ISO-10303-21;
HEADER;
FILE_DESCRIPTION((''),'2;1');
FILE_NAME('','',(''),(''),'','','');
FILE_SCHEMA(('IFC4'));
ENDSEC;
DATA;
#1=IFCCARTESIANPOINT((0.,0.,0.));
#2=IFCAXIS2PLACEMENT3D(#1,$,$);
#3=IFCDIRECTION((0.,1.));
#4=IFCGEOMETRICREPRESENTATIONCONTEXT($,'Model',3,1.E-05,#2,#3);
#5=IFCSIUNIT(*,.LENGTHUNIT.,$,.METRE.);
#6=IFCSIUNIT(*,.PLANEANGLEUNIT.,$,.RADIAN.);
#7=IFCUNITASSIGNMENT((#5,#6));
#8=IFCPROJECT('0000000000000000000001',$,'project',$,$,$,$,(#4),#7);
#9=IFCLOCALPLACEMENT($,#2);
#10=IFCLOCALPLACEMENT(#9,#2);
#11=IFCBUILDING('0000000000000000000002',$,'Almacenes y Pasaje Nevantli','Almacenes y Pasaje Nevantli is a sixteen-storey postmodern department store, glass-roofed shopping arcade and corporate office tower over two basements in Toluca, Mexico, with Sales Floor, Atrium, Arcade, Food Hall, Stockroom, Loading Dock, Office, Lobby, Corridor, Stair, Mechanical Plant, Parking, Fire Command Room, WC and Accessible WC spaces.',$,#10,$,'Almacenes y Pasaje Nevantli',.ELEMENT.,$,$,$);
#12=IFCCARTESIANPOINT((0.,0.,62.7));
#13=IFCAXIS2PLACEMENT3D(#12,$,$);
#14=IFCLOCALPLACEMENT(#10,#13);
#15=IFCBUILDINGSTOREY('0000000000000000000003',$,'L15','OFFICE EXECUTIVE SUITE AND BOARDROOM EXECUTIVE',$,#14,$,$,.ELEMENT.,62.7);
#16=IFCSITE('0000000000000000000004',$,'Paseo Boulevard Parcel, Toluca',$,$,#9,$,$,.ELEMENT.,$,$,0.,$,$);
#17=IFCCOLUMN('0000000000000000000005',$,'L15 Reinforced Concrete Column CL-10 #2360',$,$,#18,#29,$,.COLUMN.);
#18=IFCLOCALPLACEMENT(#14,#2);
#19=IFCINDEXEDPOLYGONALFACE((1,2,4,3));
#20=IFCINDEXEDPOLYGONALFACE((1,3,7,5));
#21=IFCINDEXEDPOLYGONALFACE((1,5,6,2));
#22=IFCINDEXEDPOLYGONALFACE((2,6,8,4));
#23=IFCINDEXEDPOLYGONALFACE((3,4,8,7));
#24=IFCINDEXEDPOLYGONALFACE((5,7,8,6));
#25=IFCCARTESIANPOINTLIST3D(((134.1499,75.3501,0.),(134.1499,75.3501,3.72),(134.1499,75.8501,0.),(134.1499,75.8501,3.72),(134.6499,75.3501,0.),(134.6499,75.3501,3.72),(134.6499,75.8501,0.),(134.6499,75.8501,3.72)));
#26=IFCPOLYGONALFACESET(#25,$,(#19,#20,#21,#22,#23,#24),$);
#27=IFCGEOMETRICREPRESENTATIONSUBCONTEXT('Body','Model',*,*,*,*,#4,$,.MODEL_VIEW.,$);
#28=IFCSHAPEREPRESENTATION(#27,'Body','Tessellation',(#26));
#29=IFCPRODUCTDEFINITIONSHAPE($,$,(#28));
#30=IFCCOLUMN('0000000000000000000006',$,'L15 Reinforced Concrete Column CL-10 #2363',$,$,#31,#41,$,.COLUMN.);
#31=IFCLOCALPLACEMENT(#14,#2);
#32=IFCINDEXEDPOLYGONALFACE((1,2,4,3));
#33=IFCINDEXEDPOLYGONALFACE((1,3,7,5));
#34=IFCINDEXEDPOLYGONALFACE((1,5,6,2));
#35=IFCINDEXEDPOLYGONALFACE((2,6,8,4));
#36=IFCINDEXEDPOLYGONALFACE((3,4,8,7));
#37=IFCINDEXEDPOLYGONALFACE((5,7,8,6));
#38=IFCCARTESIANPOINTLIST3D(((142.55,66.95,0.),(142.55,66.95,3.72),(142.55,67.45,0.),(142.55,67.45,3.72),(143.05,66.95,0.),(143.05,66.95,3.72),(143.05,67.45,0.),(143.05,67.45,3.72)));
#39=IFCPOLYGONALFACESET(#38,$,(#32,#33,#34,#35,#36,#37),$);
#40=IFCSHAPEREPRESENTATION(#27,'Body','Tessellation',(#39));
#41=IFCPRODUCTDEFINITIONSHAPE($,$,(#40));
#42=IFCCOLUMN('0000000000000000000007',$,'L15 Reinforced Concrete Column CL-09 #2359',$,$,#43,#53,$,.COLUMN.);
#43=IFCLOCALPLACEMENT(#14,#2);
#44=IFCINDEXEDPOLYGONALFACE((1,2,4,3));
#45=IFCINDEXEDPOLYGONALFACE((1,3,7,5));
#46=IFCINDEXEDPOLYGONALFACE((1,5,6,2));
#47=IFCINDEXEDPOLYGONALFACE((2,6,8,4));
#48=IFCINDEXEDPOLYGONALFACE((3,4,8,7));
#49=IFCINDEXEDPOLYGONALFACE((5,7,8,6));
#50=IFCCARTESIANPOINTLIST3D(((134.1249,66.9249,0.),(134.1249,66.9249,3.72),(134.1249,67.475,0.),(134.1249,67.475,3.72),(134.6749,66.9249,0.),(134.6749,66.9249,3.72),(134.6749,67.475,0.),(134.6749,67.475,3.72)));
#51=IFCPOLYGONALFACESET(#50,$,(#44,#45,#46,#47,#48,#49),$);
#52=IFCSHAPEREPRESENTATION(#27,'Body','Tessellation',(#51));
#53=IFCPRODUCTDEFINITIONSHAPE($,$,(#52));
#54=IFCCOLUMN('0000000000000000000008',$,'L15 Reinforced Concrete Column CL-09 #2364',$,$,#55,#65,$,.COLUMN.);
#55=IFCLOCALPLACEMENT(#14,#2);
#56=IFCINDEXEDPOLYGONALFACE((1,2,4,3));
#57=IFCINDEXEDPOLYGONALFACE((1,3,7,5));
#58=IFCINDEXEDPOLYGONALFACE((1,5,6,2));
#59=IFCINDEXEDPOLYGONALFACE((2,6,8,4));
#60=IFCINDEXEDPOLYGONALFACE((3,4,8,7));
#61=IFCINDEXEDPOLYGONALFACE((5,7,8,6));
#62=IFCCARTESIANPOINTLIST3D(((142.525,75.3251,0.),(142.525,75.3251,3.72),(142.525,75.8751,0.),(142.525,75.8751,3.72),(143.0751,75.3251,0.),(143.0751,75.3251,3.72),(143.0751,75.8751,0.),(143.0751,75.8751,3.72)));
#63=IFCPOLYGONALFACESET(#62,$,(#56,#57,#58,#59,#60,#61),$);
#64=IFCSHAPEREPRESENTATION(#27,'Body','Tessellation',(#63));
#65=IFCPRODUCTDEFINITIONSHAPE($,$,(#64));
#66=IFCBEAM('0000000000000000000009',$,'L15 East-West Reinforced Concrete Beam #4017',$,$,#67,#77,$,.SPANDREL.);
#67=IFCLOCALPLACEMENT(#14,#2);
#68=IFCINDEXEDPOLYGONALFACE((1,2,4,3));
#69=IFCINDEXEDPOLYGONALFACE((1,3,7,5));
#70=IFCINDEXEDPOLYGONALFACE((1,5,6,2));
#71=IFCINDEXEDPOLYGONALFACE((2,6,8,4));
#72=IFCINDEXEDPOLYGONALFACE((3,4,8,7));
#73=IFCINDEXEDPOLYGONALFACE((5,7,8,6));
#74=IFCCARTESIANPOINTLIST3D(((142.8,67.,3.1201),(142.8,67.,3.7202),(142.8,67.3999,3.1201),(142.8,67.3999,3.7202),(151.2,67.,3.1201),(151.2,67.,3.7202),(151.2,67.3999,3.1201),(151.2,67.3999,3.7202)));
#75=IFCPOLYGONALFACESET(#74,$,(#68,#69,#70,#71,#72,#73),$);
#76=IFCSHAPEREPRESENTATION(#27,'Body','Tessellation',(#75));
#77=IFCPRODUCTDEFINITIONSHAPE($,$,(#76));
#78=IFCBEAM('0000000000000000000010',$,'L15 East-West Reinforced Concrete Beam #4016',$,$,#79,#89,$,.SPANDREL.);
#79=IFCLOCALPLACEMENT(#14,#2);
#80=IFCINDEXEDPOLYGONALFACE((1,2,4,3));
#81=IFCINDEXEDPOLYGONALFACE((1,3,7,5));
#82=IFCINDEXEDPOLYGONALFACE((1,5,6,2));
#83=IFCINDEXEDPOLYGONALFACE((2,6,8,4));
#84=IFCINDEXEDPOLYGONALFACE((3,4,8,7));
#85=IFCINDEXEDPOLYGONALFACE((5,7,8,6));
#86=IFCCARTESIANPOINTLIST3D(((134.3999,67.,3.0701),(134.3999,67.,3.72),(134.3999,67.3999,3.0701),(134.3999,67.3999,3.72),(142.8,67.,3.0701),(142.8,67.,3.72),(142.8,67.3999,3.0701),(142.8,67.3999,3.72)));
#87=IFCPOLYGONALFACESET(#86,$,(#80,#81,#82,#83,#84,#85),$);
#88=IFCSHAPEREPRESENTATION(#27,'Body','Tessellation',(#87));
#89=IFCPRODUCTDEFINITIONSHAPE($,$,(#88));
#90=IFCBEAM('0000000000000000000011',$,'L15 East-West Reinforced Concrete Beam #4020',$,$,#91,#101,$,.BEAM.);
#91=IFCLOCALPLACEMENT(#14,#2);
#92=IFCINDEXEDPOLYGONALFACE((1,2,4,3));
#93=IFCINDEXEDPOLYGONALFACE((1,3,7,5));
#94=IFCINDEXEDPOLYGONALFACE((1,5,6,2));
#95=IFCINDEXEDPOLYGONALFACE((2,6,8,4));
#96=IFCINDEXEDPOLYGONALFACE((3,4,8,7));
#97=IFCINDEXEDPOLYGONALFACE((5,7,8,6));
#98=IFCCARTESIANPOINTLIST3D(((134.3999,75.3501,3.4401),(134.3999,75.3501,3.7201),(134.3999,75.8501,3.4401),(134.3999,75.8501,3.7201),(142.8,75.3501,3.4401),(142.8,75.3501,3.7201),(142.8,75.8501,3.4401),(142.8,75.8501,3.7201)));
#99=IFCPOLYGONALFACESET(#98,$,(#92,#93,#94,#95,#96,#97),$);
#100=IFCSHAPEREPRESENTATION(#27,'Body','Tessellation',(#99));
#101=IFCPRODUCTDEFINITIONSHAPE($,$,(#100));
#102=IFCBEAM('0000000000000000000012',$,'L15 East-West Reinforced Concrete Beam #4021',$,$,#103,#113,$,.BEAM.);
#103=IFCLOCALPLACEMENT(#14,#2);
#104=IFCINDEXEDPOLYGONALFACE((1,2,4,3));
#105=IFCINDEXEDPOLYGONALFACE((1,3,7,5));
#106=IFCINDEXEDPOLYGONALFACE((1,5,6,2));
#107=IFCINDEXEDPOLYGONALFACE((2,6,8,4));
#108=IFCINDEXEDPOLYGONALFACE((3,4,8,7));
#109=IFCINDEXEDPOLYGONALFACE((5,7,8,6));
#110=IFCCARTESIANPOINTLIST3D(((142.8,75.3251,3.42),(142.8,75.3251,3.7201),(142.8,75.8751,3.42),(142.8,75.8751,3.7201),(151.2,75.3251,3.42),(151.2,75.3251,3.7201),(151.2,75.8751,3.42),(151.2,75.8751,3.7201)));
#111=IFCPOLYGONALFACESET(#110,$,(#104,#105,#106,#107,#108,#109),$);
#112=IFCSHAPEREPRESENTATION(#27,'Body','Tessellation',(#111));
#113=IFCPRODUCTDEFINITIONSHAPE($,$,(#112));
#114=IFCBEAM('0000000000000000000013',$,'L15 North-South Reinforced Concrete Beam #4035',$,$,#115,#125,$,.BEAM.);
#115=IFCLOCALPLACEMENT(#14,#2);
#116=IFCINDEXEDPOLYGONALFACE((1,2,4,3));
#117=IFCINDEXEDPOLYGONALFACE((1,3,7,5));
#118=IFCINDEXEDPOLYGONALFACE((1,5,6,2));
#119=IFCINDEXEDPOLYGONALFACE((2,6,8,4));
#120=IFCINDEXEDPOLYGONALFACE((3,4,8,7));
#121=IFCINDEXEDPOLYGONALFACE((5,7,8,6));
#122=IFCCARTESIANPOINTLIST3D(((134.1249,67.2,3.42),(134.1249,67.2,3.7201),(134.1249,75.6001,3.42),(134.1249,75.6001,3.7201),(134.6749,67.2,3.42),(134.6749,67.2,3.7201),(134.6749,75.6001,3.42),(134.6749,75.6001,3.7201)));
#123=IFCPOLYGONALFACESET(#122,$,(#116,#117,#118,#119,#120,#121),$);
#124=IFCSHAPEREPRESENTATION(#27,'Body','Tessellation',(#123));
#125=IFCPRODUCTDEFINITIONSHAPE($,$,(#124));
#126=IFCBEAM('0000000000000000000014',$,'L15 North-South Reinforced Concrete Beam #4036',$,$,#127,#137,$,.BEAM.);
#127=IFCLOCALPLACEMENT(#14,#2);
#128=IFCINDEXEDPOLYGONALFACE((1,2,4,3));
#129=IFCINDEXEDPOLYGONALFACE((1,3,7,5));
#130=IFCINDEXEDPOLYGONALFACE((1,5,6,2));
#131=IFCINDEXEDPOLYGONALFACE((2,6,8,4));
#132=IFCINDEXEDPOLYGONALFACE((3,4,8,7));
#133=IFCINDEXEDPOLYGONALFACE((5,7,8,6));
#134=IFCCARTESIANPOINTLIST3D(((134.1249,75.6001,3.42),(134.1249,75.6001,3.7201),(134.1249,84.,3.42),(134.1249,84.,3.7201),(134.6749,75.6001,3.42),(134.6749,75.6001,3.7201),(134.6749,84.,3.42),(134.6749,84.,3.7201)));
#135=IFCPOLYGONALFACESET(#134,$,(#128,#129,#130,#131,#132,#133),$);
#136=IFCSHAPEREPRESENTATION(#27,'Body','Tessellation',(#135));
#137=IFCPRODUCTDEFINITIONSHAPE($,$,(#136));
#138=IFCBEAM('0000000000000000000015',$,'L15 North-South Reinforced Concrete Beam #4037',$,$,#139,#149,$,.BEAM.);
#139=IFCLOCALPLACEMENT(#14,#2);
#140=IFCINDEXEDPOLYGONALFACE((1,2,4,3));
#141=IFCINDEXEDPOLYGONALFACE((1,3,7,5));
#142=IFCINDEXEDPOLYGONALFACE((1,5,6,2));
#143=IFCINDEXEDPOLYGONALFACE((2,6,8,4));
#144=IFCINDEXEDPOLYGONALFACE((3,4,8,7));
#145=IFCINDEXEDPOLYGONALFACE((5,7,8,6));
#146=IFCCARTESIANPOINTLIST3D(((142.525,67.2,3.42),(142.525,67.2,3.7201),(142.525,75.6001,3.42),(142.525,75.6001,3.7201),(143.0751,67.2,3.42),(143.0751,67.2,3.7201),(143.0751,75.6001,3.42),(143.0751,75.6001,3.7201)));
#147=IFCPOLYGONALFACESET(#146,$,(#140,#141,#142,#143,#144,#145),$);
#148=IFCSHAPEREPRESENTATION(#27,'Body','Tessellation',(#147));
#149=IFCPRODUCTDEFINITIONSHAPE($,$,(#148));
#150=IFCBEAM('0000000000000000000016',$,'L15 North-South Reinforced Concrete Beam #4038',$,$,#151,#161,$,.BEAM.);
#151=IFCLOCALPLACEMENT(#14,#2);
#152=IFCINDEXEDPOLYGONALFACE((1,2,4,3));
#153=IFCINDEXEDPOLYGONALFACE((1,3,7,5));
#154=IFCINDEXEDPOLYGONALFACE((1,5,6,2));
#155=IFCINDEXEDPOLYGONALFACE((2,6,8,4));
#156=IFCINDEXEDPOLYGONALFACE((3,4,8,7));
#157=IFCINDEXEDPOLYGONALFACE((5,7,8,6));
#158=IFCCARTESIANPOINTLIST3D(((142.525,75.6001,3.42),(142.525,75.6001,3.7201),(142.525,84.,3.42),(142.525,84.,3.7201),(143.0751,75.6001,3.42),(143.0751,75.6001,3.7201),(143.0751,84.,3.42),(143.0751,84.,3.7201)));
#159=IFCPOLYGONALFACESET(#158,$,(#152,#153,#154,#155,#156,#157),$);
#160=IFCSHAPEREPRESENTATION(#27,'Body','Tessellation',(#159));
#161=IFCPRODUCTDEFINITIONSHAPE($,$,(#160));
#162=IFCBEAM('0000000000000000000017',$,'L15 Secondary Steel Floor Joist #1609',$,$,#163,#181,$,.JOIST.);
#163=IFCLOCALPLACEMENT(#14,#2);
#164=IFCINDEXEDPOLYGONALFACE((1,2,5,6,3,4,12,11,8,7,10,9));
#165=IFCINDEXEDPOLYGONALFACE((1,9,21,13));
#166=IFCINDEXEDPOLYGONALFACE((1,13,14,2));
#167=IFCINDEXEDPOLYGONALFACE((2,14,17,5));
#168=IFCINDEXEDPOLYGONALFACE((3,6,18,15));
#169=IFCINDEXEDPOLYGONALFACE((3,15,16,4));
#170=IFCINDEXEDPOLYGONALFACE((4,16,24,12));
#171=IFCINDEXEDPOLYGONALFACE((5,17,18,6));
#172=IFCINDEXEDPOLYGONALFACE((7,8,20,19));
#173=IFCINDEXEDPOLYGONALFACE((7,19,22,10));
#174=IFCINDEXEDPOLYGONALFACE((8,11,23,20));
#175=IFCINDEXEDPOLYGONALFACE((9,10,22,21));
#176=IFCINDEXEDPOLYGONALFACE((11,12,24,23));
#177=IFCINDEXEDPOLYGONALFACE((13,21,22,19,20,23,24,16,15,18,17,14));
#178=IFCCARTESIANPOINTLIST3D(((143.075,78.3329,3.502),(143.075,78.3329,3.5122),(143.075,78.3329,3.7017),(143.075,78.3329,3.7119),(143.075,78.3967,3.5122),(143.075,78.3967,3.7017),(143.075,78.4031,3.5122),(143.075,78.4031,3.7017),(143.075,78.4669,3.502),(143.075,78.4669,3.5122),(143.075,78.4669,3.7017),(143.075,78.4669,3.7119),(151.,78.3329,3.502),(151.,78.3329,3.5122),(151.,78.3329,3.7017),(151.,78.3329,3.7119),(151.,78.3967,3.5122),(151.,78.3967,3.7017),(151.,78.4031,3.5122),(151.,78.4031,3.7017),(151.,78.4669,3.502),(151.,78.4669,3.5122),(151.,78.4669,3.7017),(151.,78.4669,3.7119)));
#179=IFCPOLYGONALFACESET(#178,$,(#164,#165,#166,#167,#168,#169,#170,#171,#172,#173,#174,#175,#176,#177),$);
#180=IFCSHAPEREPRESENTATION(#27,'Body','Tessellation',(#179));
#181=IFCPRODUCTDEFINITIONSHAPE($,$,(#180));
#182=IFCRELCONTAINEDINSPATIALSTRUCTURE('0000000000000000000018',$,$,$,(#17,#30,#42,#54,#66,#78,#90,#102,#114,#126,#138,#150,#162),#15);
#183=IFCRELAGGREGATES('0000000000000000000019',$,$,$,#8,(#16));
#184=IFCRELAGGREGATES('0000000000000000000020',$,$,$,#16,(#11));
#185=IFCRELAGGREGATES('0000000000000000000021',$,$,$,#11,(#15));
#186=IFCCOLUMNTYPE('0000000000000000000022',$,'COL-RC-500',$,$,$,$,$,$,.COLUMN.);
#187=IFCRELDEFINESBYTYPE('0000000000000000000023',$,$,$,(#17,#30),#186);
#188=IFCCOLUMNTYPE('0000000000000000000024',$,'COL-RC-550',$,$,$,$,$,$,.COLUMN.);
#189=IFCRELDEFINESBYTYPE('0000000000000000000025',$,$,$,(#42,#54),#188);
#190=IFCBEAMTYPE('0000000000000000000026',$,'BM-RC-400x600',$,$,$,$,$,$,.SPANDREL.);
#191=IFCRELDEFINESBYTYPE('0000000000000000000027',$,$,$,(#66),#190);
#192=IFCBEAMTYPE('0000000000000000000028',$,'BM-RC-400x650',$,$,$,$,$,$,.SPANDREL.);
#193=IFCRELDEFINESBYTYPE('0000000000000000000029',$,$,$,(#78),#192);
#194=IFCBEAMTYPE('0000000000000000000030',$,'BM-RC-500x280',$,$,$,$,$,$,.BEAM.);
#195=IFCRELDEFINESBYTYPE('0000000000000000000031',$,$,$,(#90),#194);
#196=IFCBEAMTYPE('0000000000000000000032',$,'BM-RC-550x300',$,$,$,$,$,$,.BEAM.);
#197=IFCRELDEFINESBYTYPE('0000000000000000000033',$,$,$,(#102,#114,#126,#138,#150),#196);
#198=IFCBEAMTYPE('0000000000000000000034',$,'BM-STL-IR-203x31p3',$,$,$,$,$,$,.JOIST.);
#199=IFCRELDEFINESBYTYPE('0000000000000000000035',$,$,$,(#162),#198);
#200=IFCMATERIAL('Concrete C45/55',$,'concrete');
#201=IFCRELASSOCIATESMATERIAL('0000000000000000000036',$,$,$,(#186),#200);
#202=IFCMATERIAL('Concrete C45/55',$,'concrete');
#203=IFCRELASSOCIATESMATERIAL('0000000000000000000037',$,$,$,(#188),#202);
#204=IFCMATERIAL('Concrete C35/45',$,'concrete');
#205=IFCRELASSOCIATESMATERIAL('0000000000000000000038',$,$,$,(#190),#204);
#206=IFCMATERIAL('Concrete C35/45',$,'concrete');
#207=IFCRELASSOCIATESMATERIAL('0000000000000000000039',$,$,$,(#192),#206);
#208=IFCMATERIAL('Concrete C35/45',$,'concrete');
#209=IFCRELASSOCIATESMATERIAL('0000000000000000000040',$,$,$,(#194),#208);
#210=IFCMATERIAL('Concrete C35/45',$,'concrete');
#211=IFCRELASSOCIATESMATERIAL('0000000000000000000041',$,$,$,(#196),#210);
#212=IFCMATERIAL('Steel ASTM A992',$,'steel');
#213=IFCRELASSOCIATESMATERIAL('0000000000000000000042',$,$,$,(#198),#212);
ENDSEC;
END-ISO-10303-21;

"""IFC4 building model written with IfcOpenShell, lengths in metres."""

from ifc_helpers import new_model, si_unit, direction, frame, origin, origin_2d, place, context, subcontext, project, spatial, rectangle, i_section, extrude, material, material_profile, profile_set, type_object, element, save


model = new_model("IFC4")

# Units and contexts
model_context = context("Model", 3, precision=1e-05, world=origin(), true_north=direction((0.0, 1.0)))
body_context = subcontext(model_context, "Body", "Model", "MODEL_VIEW")
ifc_project = project(units=[si_unit("LENGTHUNIT", "METRE"), si_unit("PLANEANGLEUNIT", "RADIAN")], contexts=[model_context])

# Site, building, storey
site_placement = place(None, origin())
site = spatial("IfcSite", under=ifc_project, at=site_placement, Name="Paseo Boulevard Parcel, Toluca", CompositionType="ELEMENT", RefElevation=0.0)
building_placement = place(site_placement, origin())
building = spatial("IfcBuilding", under=site, at=building_placement, Name="Almacenes y Pasaje Nevantli", Description="Almacenes y Pasaje Nevantli is a sixteen-storey postmodern department store, glass-roofed shopping arcade and corporate office tower over two basements in Toluca, Mexico, with Sales Floor, Atrium, Arcade, Food Hall, Stockroom, Loading Dock, Office, Lobby, Corridor, Stair, Mechanical Plant, Parking, Fire Command Room, WC and Accessible WC spaces.", LongName="Almacenes y Pasaje Nevantli", CompositionType="ELEMENT")
storey_placement = place(building_placement, frame((0.0, 0.0, 62.7)))
storey = spatial("IfcBuildingStorey", under=building, at=storey_placement, Name="L15", Description="OFFICE EXECUTIVE SUITE AND BOARDROOM EXECUTIVE", CompositionType="ELEMENT", Elevation=62.7)

# Columns
ifc_material_1 = material(Name="Concrete C45/55", Category="concrete")
ifc_material_profile_1 = material_profile(ifc_material_1, rectangle(XDim=0.5, YDim=0.5, at=origin_2d()), Name="RC-COL-500x500")
ifc_profile_set_1 = profile_set([ifc_material_profile_1], Name="Concrete C45/55")
column_type_1 = type_object("IfcColumnType", Name="COL-RC-500", PredefinedType="COLUMN", material=ifc_profile_set_1)
for number, where, z_axis, x_axis, name in (
    (1, (134.3999, 75.6001, 0.0), (0.0, 0.0, 1.0), (1.0, 0.0, 0.0), "L15 Reinforced Concrete Column CL-10 #2360"),
    (2, (142.8, 67.2, 0.0), (0.0, 0.0, 1.0), (1.0, 0.0, 0.0), "L15 Reinforced Concrete Column CL-10 #2363"),
):
    element("IfcColumn", number, at=place(storey_placement, frame(where, z_axis=z_axis, x_axis=x_axis)), inside=storey, type_object=column_type_1, Name=name, PredefinedType="COLUMN", context=body_context, shape_type="SweptSolid", body=[
        extrude(rectangle(XDim=0.5, YDim=0.5, at=origin_2d()), origin(), (0.0, 0.0, 1.0), 3.72),
    ])
ifc_material_2 = material(Name="Concrete C45/55", Category="concrete")
ifc_material_profile_2 = material_profile(ifc_material_2, rectangle(XDim=0.55, YDim=0.55, at=origin_2d()), Name="RC-COL-550x550")
ifc_profile_set_2 = profile_set([ifc_material_profile_2], Name="Concrete C45/55")
column_type_2 = type_object("IfcColumnType", Name="COL-RC-550", PredefinedType="COLUMN", material=ifc_profile_set_2)
for number, where, z_axis, x_axis, name in (
    (3, (134.3999, 67.2, 0.0), (0.0, 0.0, 1.0), (1.0, 0.0, 0.0), "L15 Reinforced Concrete Column CL-09 #2359"),
    (4, (142.8, 75.6001, 0.0), (0.0, 0.0, 1.0), (1.0, 0.0, 0.0), "L15 Reinforced Concrete Column CL-09 #2364"),
):
    element("IfcColumn", number, at=place(storey_placement, frame(where, z_axis=z_axis, x_axis=x_axis)), inside=storey, type_object=column_type_2, Name=name, PredefinedType="COLUMN", context=body_context, shape_type="SweptSolid", body=[
        extrude(rectangle(XDim=0.55, YDim=0.55, at=origin_2d()), origin(), (0.0, 0.0, 1.0), 3.72),
    ])

# Beams
ifc_material_3 = material(Name="Concrete C35/45", Category="concrete")
ifc_material_profile_3 = material_profile(ifc_material_3, rectangle(XDim=0.3999, YDim=0.6001, at=origin_2d()), Name="RC-BM-400x600")
ifc_profile_set_3 = profile_set([ifc_material_profile_3], Name="Concrete C35/45")
beam_type_1 = type_object("IfcBeamType", Name="BM-RC-400x600", PredefinedType="SPANDREL", material=ifc_profile_set_3)
beam_1_placement = place(storey_placement, frame((142.8, 67.2, 3.4202), z_axis=(1.0, 0.0, 0.0), x_axis=(0.0, 1.0, 0.0)))
element("IfcBeam", 5, at=beam_1_placement, inside=storey, type_object=beam_type_1, Name="L15 East-West Reinforced Concrete Beam #4017", PredefinedType="SPANDREL", context=body_context, shape_type="SweptSolid", body=[
    extrude(rectangle(XDim=0.3999, YDim=0.6001, at=origin_2d()), origin(), (0.0, 0.0, 1.0), 8.3999),
])
ifc_material_4 = material(Name="Concrete C35/45", Category="concrete")
ifc_material_profile_4 = material_profile(ifc_material_4, rectangle(XDim=0.3999, YDim=0.6499, at=origin_2d()), Name="RC-BM-400x650")
ifc_profile_set_4 = profile_set([ifc_material_profile_4], Name="Concrete C35/45")
beam_type_2 = type_object("IfcBeamType", Name="BM-RC-400x650", PredefinedType="SPANDREL", material=ifc_profile_set_4)
beam_2_placement = place(storey_placement, frame((134.3999, 67.2, 3.395), z_axis=(1.0, 0.0, 0.0), x_axis=(0.0, 1.0, 0.0)))
element("IfcBeam", 6, at=beam_2_placement, inside=storey, type_object=beam_type_2, Name="L15 East-West Reinforced Concrete Beam #4016", PredefinedType="SPANDREL", context=body_context, shape_type="SweptSolid", body=[
    extrude(rectangle(XDim=0.3999, YDim=0.6499, at=origin_2d()), origin(), (0.0, 0.0, 1.0), 8.4001),
])
ifc_material_5 = material(Name="Concrete C35/45", Category="concrete")
ifc_material_profile_5 = material_profile(ifc_material_5, rectangle(XDim=0.5, YDim=0.28, at=origin_2d()), Name="RC-BM-500x280")
ifc_profile_set_5 = profile_set([ifc_material_profile_5], Name="Concrete C35/45")
beam_type_3 = type_object("IfcBeamType", Name="BM-RC-500x280", PredefinedType="BEAM", material=ifc_profile_set_5)
beam_3_placement = place(storey_placement, frame((134.3999, 75.6001, 3.5801), z_axis=(1.0, 0.0, 0.0), x_axis=(0.0, 1.0, 0.0)))
element("IfcBeam", 7, at=beam_3_placement, inside=storey, type_object=beam_type_3, Name="L15 East-West Reinforced Concrete Beam #4020", PredefinedType="BEAM", context=body_context, shape_type="SweptSolid", body=[
    extrude(rectangle(XDim=0.5, YDim=0.28, at=origin_2d()), origin(), (0.0, 0.0, 1.0), 8.4001),
])
ifc_material_6 = material(Name="Concrete C35/45", Category="concrete")
ifc_material_profile_6 = material_profile(ifc_material_6, rectangle(XDim=0.55, YDim=0.3, at=origin_2d()), Name="RC-BM-550x300")
ifc_profile_set_6 = profile_set([ifc_material_profile_6], Name="Concrete C35/45")
beam_type_4 = type_object("IfcBeamType", Name="BM-RC-550x300", PredefinedType="BEAM", material=ifc_profile_set_6)
beam_4_placement = place(storey_placement, frame((142.8, 75.6001, 3.5701), z_axis=(1.0, 0.0, 0.0), x_axis=(0.0, 1.0, 0.0)))
element("IfcBeam", 8, at=beam_4_placement, inside=storey, type_object=beam_type_4, Name="L15 East-West Reinforced Concrete Beam #4021", PredefinedType="BEAM", context=body_context, shape_type="SweptSolid", body=[
    extrude(rectangle(XDim=0.55, YDim=0.3, at=origin_2d()), origin(), (0.0, 0.0, 1.0), 8.3999),
])
beam_5_placement = place(storey_placement, frame((134.3999, 67.2, 3.5701), z_axis=(0.0, 1.0, 0.0), x_axis=(-1.0, 0.0, 0.0)))
element("IfcBeam", 9, at=beam_5_placement, inside=storey, type_object=beam_type_4, Name="L15 North-South Reinforced Concrete Beam #4035", PredefinedType="BEAM", context=body_context, shape_type="SweptSolid", body=[
    extrude(rectangle(XDim=0.55, YDim=0.3, at=origin_2d()), origin(), (0.0, 0.0, 1.0), 8.4001),
])
beam_6_placement = place(storey_placement, frame((134.3999, 75.6001, 3.5701), z_axis=(0.0, 1.0, 0.0), x_axis=(-1.0, 0.0, 0.0)))
element("IfcBeam", 10, at=beam_6_placement, inside=storey, type_object=beam_type_4, Name="L15 North-South Reinforced Concrete Beam #4036", PredefinedType="BEAM", context=body_context, shape_type="SweptSolid", body=[
    extrude(rectangle(XDim=0.55, YDim=0.3, at=origin_2d()), origin(), (0.0, 0.0, 1.0), 8.3999),
])
beam_7_placement = place(storey_placement, frame((142.8, 67.2, 3.5701), z_axis=(0.0, 1.0, 0.0), x_axis=(-1.0, 0.0, 0.0)))
element("IfcBeam", 11, at=beam_7_placement, inside=storey, type_object=beam_type_4, Name="L15 North-South Reinforced Concrete Beam #4037", PredefinedType="BEAM", context=body_context, shape_type="SweptSolid", body=[
    extrude(rectangle(XDim=0.55, YDim=0.3, at=origin_2d()), origin(), (0.0, 0.0, 1.0), 8.4001),
])
beam_8_placement = place(storey_placement, frame((142.8, 75.6001, 3.5701), z_axis=(0.0, 1.0, 0.0), x_axis=(-1.0, 0.0, 0.0)))
element("IfcBeam", 12, at=beam_8_placement, inside=storey, type_object=beam_type_4, Name="L15 North-South Reinforced Concrete Beam #4038", PredefinedType="BEAM", context=body_context, shape_type="SweptSolid", body=[
    extrude(rectangle(XDim=0.55, YDim=0.3, at=origin_2d()), origin(), (0.0, 0.0, 1.0), 8.3999),
])
ifc_material_7 = material(Name="Steel ASTM A992", Category="steel")
ifc_material_profile_7 = material_profile(ifc_material_7, i_section(OverallWidth=0.134, OverallDepth=0.21, WebThickness=0.0063, FlangeThickness=0.0103, at=origin_2d()), Name="IR 203x31.3")
ifc_profile_set_7 = profile_set([ifc_material_profile_7], Name="Steel ASTM A992")
beam_type_5 = type_object("IfcBeamType", Name="BM-STL-IR-203x31p3", PredefinedType="JOIST", material=ifc_profile_set_7)
beam_9_placement = place(storey_placement, frame((143.075, 78.3999, 3.6069), z_axis=(1.0, 0.0, 0.0), x_axis=(0.0, 1.0, 0.0)))
element("IfcBeam", 13, at=beam_9_placement, inside=storey, type_object=beam_type_5, Name="L15 Secondary Steel Floor Joist #1609", PredefinedType="JOIST", context=body_context, shape_type="SweptSolid", body=[
    extrude(i_section(OverallWidth=0.134, OverallDepth=0.21, WebThickness=0.0063, FlangeThickness=0.0103, at=origin_2d()), origin(), (0.0, 0.0, 1.0), 7.925),
])

save(model, "model.ifc")
